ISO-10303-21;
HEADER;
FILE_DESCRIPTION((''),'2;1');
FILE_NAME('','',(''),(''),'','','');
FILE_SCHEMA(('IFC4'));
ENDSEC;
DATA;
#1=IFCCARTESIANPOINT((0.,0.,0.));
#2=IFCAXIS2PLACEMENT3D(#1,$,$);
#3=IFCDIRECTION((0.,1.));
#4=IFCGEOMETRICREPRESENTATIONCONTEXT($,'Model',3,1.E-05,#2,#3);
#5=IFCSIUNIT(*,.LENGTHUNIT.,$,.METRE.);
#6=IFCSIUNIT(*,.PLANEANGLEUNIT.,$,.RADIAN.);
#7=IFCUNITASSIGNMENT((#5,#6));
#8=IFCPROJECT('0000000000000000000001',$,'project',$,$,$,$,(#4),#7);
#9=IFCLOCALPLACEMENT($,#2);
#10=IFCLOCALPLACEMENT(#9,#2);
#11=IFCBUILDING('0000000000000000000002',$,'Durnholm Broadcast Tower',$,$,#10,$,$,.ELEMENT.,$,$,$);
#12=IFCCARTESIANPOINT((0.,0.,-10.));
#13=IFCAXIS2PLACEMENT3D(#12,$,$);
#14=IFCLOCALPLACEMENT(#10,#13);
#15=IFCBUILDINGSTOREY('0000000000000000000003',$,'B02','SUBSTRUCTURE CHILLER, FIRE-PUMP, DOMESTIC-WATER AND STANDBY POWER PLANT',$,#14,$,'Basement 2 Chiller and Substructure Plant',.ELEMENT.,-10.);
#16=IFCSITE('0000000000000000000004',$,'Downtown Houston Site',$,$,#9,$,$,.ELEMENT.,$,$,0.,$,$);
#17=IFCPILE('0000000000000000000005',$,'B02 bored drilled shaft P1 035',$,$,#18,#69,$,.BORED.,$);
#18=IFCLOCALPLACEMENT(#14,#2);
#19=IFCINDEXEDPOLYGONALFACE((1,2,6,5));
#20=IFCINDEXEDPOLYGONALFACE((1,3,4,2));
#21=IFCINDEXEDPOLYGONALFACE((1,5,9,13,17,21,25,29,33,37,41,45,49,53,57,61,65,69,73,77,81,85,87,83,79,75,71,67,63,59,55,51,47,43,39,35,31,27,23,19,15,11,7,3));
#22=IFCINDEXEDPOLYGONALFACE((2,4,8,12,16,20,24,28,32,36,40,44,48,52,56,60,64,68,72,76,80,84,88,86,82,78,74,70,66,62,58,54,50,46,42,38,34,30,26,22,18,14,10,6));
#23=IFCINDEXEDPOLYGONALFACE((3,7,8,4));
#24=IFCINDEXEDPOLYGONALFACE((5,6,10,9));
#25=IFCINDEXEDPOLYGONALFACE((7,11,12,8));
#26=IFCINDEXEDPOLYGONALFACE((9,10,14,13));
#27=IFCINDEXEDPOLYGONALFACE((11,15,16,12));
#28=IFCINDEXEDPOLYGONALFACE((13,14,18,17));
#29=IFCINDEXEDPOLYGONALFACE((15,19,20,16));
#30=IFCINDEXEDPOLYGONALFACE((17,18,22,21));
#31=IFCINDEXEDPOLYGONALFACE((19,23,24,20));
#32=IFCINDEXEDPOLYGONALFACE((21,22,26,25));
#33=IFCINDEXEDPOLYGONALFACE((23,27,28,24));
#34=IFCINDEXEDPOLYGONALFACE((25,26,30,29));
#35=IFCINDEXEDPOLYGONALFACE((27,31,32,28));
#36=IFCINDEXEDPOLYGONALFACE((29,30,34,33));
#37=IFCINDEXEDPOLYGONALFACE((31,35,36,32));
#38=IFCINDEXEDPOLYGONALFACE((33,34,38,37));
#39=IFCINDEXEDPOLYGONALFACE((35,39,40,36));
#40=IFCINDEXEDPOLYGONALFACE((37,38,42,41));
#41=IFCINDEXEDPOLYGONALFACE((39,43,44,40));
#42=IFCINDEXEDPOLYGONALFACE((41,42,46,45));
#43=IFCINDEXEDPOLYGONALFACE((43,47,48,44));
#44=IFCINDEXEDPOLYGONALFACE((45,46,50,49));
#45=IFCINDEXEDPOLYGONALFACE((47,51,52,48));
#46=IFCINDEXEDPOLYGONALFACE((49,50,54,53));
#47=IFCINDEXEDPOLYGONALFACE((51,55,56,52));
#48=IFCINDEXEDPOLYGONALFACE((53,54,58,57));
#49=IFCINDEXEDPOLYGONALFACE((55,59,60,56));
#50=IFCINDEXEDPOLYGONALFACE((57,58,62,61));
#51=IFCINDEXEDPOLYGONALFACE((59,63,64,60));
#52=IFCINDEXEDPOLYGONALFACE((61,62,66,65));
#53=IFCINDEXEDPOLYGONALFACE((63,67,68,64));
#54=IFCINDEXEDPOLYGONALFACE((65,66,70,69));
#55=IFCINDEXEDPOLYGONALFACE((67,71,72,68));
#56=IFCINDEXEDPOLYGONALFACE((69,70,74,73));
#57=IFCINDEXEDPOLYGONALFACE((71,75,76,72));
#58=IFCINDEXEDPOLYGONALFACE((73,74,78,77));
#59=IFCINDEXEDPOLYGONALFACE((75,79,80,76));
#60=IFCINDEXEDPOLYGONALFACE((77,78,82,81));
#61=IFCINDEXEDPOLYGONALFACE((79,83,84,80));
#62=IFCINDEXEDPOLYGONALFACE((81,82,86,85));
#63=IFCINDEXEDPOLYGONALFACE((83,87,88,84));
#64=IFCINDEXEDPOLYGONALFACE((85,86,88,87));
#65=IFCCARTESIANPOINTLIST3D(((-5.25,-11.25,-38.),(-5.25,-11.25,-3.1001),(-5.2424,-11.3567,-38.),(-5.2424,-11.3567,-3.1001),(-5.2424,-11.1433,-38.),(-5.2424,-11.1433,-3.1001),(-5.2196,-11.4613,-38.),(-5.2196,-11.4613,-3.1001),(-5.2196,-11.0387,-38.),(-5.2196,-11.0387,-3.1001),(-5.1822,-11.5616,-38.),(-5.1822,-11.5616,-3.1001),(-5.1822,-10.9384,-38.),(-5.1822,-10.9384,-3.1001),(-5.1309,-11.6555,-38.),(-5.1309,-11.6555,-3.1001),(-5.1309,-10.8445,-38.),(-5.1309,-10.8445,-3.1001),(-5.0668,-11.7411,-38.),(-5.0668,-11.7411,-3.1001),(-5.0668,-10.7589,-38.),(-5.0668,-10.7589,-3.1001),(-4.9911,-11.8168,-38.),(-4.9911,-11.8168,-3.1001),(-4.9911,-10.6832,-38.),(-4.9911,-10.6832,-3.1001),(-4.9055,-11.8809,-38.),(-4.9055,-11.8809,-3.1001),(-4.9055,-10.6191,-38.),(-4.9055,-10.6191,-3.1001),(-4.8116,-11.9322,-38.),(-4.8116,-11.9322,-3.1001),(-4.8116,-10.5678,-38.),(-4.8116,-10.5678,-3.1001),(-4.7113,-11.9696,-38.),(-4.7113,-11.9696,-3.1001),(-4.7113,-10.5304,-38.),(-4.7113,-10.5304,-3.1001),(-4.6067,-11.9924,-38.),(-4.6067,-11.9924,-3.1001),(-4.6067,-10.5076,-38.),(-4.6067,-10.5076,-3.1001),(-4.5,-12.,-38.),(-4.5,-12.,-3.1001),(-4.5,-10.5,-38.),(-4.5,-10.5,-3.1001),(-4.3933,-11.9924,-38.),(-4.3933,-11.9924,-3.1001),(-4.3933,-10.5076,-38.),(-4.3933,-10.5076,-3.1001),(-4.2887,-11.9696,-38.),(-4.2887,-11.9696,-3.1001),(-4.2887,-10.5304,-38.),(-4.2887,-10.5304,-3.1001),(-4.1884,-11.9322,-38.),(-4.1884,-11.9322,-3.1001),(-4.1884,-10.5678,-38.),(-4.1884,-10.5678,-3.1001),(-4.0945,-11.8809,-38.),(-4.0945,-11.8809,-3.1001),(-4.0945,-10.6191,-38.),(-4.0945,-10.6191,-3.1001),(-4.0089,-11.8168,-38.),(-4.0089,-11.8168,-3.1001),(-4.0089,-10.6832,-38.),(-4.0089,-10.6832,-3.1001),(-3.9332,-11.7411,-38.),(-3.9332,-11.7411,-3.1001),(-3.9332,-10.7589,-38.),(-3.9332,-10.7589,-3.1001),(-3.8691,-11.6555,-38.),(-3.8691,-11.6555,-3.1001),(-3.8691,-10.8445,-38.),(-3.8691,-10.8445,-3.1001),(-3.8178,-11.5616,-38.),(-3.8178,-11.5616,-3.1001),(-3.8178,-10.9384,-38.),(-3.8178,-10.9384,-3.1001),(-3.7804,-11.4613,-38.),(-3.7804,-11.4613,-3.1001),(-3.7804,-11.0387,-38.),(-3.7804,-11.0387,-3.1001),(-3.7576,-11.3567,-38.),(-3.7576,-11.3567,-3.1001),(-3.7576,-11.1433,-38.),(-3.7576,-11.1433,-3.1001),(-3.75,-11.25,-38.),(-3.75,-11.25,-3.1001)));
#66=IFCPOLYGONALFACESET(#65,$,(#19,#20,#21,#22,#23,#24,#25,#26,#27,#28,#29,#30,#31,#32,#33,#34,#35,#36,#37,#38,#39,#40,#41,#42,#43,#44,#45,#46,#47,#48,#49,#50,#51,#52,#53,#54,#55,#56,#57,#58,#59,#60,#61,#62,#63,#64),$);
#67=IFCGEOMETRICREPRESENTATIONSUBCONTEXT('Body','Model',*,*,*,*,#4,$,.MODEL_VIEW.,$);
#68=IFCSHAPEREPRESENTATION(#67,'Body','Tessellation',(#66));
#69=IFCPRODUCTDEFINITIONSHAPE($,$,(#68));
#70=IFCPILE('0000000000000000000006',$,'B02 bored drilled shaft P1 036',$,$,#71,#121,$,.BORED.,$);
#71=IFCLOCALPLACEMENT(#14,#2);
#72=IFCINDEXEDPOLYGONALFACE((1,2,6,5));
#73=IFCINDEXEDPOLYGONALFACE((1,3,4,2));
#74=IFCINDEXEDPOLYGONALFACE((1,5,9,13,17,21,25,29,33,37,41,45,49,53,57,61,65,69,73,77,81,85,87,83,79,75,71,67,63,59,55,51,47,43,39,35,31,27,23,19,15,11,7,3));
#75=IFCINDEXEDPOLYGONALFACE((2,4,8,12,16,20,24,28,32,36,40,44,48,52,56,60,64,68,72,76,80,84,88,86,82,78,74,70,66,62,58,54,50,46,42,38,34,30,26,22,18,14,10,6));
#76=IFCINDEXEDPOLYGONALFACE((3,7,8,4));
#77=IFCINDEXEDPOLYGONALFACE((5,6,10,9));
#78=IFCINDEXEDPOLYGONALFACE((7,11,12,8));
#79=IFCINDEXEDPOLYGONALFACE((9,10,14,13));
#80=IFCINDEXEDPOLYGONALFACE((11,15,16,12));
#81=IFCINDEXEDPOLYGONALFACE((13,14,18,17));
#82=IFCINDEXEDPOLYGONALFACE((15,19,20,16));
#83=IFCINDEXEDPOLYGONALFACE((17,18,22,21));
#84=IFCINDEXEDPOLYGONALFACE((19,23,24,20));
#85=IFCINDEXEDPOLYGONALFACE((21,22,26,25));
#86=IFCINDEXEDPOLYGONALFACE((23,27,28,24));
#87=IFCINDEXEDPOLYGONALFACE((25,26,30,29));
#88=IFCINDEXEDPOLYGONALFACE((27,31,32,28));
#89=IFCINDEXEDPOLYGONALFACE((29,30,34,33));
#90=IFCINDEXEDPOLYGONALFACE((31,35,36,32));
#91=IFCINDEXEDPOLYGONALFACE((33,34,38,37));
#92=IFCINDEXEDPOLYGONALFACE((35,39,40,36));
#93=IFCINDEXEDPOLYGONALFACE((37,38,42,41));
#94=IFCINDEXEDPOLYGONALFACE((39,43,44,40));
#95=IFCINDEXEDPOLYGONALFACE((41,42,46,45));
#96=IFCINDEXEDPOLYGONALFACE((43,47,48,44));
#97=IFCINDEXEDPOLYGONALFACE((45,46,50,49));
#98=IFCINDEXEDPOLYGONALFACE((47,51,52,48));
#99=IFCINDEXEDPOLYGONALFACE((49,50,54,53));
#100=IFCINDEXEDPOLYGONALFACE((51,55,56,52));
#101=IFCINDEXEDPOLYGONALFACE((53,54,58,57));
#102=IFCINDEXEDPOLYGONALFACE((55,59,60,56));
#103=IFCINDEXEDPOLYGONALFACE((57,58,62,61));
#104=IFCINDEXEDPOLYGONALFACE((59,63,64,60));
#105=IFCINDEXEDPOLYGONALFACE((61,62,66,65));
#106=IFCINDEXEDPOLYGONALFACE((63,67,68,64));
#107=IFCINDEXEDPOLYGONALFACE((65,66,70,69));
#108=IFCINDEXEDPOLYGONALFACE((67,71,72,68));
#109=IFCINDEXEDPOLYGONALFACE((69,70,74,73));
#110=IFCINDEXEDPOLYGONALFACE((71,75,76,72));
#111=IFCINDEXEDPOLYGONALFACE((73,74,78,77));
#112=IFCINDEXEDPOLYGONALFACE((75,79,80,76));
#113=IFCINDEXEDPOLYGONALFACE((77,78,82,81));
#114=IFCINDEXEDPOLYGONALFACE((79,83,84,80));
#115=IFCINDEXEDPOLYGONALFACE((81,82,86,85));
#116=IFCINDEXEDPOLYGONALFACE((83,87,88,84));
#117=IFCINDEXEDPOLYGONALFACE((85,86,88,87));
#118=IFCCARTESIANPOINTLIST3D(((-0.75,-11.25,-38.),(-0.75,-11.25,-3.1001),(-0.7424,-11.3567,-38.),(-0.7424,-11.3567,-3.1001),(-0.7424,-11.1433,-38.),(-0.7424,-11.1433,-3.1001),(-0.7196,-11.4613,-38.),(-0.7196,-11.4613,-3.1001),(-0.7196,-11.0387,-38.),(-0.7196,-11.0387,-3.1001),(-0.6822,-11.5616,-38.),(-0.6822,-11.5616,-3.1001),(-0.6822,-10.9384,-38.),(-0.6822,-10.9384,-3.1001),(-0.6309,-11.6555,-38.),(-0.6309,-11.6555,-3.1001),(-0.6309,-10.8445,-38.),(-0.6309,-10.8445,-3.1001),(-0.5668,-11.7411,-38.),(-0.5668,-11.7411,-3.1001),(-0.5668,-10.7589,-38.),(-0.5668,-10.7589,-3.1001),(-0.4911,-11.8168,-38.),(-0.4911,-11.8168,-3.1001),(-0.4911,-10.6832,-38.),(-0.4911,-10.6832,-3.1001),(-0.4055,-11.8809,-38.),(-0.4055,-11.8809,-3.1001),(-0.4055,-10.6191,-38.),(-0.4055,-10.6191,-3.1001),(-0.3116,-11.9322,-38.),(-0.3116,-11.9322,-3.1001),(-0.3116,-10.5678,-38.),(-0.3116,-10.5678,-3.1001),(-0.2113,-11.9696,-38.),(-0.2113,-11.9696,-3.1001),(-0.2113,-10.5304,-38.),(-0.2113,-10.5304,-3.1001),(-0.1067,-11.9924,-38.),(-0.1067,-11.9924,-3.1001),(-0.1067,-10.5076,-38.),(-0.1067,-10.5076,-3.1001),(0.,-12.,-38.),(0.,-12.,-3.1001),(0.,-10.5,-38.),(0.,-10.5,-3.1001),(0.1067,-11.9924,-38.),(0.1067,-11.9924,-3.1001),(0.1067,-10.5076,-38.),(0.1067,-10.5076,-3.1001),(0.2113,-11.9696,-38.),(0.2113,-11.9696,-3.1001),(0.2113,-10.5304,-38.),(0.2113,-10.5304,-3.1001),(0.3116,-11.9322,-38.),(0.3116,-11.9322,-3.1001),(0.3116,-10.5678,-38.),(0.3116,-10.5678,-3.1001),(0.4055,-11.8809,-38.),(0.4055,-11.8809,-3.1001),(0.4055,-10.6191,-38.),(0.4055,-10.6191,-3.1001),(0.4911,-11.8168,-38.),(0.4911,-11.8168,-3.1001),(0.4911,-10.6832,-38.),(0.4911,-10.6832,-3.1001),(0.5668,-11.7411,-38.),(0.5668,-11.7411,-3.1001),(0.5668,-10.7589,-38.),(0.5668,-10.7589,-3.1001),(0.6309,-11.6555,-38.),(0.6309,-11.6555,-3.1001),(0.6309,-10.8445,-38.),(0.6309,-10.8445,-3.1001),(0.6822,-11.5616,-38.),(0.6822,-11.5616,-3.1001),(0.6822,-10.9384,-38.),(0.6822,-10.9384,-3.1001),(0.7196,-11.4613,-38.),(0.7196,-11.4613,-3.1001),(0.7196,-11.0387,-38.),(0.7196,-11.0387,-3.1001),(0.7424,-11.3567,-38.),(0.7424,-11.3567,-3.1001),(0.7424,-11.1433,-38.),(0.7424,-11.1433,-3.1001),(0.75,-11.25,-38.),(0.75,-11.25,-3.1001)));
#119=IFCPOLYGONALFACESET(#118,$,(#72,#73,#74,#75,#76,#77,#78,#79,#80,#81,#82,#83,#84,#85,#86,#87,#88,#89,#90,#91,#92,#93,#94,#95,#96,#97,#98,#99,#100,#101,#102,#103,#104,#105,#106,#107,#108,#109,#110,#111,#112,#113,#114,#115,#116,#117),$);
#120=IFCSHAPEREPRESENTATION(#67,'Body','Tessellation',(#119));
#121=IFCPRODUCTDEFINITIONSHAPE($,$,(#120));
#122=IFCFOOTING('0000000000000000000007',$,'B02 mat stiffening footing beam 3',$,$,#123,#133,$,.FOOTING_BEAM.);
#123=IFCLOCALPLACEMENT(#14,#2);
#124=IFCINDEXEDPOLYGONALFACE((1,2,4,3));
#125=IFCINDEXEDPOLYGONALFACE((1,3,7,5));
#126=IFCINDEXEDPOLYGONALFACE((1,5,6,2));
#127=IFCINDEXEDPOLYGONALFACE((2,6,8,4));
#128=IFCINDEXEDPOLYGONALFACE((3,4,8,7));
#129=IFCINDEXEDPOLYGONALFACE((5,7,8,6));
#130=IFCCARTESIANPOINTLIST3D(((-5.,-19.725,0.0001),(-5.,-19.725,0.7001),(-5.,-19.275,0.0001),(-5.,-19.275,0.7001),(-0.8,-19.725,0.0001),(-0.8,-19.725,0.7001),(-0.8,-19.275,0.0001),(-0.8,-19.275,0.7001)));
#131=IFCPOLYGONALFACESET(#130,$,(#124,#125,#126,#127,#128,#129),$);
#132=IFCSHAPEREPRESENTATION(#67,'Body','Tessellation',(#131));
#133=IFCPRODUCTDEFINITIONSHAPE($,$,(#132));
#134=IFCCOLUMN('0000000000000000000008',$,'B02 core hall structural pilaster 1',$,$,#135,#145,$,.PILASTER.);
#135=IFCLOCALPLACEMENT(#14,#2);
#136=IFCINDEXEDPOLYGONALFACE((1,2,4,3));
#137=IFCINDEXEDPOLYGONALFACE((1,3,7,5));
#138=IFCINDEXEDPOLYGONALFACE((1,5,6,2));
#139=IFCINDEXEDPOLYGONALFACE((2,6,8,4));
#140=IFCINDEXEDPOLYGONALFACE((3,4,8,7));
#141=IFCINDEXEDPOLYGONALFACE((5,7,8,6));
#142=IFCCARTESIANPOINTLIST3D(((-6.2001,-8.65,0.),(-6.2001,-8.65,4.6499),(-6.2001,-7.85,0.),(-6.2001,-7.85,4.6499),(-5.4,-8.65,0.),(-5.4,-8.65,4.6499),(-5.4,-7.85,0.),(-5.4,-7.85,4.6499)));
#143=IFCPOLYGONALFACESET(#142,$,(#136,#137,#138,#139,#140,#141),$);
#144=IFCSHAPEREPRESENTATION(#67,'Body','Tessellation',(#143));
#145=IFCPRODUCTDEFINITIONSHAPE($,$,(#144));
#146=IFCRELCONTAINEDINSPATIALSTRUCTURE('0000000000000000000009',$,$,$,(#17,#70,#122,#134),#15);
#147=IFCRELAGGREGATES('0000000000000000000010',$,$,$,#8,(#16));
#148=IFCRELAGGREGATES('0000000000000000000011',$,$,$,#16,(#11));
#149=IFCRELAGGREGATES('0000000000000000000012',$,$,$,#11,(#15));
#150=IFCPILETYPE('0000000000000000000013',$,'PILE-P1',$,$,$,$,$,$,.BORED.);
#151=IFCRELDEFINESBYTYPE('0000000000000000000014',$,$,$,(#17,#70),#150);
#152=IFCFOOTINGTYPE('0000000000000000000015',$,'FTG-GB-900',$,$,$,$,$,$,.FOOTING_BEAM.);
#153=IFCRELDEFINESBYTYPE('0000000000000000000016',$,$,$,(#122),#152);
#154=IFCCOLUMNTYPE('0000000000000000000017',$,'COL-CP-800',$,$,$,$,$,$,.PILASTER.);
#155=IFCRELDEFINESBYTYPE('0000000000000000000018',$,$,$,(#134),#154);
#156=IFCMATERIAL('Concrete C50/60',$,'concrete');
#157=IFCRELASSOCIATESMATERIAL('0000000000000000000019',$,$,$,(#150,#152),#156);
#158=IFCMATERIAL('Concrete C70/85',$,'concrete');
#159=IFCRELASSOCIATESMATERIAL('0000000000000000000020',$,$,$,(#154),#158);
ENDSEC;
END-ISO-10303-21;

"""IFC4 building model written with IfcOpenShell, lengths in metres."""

from ifc_helpers import new_model, si_unit, direction, frame, origin, origin_2d, place, context, subcontext, project, spatial, rectangle, circle, extrude, source, transform, mapped, material, material_profile, profile_set, type_object, type_shapes, element, save


model = new_model("IFC4")

# Units and contexts
model_context = context("Model", 3, precision=1e-05, world=origin(), true_north=direction((0.0, 1.0)))
body_context = subcontext(model_context, "Body", "Model", "MODEL_VIEW")
ifc_project = project(units=[si_unit("LENGTHUNIT", "METRE"), si_unit("PLANEANGLEUNIT", "RADIAN")], contexts=[model_context])

# Site, building, storey
site_placement = place(None, origin())
site = spatial("IfcSite", under=ifc_project, at=site_placement, Name="Downtown Houston Site", CompositionType="ELEMENT", RefElevation=0.0)
building_placement = place(site_placement, origin())
building = spatial("IfcBuilding", under=site, at=building_placement, Name="Durnholm Broadcast Tower", CompositionType="ELEMENT")
storey_placement = place(building_placement, frame((0.0, 0.0, -10.0)))
storey = spatial("IfcBuildingStorey", under=building, at=storey_placement, Name="B02", Description="SUBSTRUCTURE CHILLER, FIRE-PUMP, DOMESTIC-WATER AND STANDBY POWER PLANT", LongName="Basement 2 Chiller and Substructure Plant", CompositionType="ELEMENT", Elevation=-10.0)

# Piles
ifc_material_1 = material(Name="Concrete C50/60", Category="concrete")
ifc_material_profile_1 = material_profile(ifc_material_1, circle(Radius=0.75, at=origin_2d()), Name="PILE1500")
ifc_profile_set_1 = profile_set([ifc_material_profile_1], Name="Concrete C50/60")
pile_type_1 = type_object("IfcPileType", Name="PILE-P1", PredefinedType="BORED", material=ifc_profile_set_1)
shared_shape_1 = source(origin(), body_context, "Body", "SweptSolid", [
    extrude(circle(Radius=0.75, at=origin_2d()), origin(), (0.0, 0.0, 1.0), 34.8999),
])
type_shapes(pile_type_1, [shared_shape_1])
for number, where, z_axis, x_axis, name in (
    (1, (-4.5, -11.25, -3.1001), (0.0, 0.0, -1.0), (1.0, 0.0, 0.0), "B02 bored drilled shaft P1 035"),
    (2, (0.0, -11.25, -3.1001), (0.0, 0.0, -1.0), (1.0, 0.0, 0.0), "B02 bored drilled shaft P1 036"),
):
    element("IfcPile", number, at=place(storey_placement, frame(where, z_axis=z_axis, x_axis=x_axis)), inside=storey, type_object=pile_type_1, Name=name, PredefinedType="BORED", context=body_context, shape_type="MappedRepresentation", body=[
        mapped(shared_shape_1, transform((0.0, 0.0, 0.0), x_axis=(1.0, 0.0, 0.0), y_axis=(0.0, 1.0, 0.0), z_axis=(0.0, 0.0, 1.0), scale=1.0)),
    ])

# Footing
ifc_material_profile_2 = material_profile(ifc_material_1, rectangle(XDim=0.45, YDim=0.7, at=origin_2d()), Name="RC700X450")
ifc_profile_set_2 = profile_set([ifc_material_profile_2], Name="Concrete C50/60")
footing_type = type_object("IfcFootingType", Name="FTG-GB-900", PredefinedType="FOOTING_BEAM", material=ifc_profile_set_2)
shared_shape_2 = source(origin(), body_context, "Body", "SweptSolid", [
    extrude(rectangle(XDim=0.45, YDim=0.7, at=origin_2d()), origin(), (0.0, 0.0, 1.0), 4.2),
])
type_shapes(footing_type, [shared_shape_2])
footing_placement = place(storey_placement, frame((-5.0, -19.5, 0.3501), z_axis=(1.0, 0.0, 0.0), x_axis=(0.0, 1.0, 0.0)))
element("IfcFooting", 3, at=footing_placement, inside=storey, type_object=footing_type, Name="B02 mat stiffening footing beam 3", PredefinedType="FOOTING_BEAM", context=body_context, shape_type="MappedRepresentation", body=[
    mapped(shared_shape_2, transform((0.0, 0.0, 0.0), x_axis=(1.0, 0.0, 0.0), y_axis=(0.0, 1.0, 0.0), z_axis=(0.0, 0.0, 1.0), scale=1.0)),
])

# Column
ifc_material_2 = material(Name="Concrete C70/85", Category="concrete")
ifc_material_profile_3 = material_profile(ifc_material_2, rectangle(XDim=0.8, YDim=0.8, at=origin_2d()), Name="RC800X800")
ifc_profile_set_3 = profile_set([ifc_material_profile_3], Name="Concrete C70/85")
column_type_1 = type_object("IfcColumnType", Name="COL-CP-800", PredefinedType="PILASTER", material=ifc_profile_set_3)
shared_shape_3 = source(origin(), body_context, "Body", "SweptSolid", [
    extrude(rectangle(XDim=0.8, YDim=0.8, at=origin_2d()), origin(), (0.0, 0.0, 1.0), 4.6499),
])
type_shapes(column_type_1, [shared_shape_3])
column_placement = place(storey_placement, frame((-5.8, -8.25, 0.0), z_axis=(0.0, 0.0, 1.0), x_axis=(1.0, 0.0, 0.0)))
element("IfcColumn", 4, at=column_placement, inside=storey, type_object=column_type_1, Name="B02 core hall structural pilaster 1", PredefinedType="PILASTER", context=body_context, shape_type="MappedRepresentation", body=[
    mapped(shared_shape_3, transform((0.0, 0.0, 0.0), x_axis=(1.0, 0.0, 0.0), y_axis=(0.0, 1.0, 0.0), z_axis=(0.0, 0.0, 1.0), scale=1.0)),
])

save(model, "model.ifc")
